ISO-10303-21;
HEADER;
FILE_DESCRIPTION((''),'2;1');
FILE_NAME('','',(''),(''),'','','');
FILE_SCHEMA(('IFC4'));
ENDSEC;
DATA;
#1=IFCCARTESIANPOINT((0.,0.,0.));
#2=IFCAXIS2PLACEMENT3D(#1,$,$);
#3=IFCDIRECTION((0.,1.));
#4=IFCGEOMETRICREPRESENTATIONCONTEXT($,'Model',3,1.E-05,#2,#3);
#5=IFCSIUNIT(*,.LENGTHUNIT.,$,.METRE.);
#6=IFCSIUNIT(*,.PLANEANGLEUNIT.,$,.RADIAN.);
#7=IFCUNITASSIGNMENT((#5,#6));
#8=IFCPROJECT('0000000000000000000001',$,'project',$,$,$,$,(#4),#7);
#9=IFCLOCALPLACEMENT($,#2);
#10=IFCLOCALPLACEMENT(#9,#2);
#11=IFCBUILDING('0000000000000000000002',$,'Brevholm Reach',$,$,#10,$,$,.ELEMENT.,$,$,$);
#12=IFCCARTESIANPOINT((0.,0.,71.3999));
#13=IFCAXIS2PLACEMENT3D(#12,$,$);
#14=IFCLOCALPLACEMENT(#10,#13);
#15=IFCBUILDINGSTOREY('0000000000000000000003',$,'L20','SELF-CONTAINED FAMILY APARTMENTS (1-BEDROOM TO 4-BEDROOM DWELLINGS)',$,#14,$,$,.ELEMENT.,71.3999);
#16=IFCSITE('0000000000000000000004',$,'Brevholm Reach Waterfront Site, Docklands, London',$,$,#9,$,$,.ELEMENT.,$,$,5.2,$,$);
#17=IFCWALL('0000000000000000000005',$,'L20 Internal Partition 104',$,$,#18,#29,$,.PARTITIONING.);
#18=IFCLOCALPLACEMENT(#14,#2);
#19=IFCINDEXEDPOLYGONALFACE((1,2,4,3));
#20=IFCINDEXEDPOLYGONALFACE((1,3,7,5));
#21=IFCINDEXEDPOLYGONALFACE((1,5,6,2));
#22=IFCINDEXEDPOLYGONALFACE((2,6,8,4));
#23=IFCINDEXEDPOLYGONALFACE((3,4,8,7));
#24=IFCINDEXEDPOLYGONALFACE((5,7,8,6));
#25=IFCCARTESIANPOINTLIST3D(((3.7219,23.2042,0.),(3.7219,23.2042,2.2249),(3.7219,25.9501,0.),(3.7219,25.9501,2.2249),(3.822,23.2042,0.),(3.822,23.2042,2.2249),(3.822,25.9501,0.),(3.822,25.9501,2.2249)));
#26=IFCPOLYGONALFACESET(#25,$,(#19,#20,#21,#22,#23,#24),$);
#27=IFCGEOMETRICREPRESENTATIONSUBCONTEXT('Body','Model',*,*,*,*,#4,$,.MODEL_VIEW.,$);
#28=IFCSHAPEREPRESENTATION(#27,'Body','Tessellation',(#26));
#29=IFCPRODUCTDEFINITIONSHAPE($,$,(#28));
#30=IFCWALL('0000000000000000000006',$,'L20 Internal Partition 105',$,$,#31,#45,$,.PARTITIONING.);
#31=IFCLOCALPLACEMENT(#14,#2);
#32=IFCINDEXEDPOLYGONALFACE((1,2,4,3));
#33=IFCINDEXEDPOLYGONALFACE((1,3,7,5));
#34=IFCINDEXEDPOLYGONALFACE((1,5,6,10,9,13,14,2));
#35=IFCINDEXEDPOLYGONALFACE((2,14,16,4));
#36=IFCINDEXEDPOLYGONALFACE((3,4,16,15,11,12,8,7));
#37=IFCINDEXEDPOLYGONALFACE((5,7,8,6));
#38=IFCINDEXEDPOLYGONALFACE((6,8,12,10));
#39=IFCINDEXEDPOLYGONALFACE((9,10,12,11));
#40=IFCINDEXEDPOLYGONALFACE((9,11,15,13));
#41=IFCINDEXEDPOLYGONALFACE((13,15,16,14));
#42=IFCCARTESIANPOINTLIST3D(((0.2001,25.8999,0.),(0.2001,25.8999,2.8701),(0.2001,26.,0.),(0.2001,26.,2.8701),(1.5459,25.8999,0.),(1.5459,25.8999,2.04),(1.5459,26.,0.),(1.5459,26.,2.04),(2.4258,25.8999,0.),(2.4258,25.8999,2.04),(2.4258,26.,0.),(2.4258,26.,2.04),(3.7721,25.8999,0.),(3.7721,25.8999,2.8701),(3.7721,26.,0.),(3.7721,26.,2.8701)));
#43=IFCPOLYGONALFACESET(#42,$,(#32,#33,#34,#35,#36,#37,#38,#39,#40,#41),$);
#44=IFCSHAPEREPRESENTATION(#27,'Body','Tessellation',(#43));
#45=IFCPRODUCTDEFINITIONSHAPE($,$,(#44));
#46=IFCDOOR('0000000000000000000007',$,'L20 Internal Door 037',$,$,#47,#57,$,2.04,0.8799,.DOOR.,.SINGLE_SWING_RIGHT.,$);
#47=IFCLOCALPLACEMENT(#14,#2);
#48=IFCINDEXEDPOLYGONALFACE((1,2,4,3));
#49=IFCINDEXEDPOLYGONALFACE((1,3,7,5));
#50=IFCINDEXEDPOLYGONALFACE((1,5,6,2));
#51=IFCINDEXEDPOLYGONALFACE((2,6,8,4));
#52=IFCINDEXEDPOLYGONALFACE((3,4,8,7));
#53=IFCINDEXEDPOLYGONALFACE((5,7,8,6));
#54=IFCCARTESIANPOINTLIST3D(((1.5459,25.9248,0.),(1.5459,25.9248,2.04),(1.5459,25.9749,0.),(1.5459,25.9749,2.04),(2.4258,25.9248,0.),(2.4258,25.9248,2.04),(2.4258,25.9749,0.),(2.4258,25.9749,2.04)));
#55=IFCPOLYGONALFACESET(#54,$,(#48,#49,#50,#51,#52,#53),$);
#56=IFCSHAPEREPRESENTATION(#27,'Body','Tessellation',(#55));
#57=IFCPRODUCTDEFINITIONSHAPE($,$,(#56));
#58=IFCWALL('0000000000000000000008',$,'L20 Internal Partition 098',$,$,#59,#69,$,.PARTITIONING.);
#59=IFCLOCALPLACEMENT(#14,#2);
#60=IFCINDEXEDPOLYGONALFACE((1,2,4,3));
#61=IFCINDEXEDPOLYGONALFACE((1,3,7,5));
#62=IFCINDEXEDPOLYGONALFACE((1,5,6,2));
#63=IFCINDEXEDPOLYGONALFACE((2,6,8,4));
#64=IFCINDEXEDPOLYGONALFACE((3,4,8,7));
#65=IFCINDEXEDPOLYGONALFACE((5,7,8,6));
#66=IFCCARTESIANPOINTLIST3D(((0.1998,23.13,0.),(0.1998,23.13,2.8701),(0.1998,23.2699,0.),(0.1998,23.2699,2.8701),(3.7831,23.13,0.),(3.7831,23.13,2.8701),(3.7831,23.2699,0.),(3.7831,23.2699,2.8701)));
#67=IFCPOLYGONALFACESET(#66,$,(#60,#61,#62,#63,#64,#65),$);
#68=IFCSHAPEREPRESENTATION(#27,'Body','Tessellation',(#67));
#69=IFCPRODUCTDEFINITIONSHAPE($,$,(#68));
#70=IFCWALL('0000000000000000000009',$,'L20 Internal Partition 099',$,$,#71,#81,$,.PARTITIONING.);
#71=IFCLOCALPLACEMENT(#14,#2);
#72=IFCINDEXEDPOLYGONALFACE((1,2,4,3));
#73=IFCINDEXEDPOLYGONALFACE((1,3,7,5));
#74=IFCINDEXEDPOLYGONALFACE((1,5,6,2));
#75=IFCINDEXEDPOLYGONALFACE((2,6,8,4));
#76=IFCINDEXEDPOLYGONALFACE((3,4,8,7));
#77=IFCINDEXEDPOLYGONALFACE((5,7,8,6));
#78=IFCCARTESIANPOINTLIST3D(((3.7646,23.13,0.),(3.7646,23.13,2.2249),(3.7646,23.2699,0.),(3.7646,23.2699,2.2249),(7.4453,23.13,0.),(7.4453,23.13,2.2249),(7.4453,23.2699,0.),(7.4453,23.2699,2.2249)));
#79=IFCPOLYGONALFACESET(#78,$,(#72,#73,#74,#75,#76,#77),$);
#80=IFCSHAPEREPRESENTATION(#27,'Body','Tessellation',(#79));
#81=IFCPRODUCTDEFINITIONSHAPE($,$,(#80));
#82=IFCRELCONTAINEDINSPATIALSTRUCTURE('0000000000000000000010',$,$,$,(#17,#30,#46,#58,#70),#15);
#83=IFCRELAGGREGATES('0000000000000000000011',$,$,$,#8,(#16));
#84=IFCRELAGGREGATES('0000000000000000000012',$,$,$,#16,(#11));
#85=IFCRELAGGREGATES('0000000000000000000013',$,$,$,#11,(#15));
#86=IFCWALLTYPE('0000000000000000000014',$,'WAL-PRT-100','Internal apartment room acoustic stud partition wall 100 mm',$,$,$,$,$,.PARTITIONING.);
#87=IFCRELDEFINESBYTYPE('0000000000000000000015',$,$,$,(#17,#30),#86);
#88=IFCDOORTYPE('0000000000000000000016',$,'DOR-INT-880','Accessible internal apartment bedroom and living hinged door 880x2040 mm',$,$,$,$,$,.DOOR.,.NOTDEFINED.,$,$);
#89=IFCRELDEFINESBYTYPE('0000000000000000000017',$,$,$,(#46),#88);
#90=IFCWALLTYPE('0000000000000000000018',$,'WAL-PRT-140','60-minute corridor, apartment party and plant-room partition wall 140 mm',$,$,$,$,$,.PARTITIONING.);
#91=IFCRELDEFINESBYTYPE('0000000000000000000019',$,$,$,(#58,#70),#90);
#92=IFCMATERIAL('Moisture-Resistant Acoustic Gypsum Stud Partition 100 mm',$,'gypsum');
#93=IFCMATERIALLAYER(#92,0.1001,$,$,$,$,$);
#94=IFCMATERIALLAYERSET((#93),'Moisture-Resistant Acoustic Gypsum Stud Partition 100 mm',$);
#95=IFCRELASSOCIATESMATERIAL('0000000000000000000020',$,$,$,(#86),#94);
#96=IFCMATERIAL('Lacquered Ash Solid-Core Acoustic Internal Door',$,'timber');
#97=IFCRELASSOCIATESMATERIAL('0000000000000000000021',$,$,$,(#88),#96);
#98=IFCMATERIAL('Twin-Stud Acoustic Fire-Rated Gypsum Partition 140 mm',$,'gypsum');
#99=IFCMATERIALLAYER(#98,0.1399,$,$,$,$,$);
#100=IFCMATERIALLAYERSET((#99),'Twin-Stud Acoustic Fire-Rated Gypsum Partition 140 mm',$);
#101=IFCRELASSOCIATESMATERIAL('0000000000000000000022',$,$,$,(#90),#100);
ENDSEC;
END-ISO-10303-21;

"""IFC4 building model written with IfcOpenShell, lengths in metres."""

from ifc_helpers import new_model, si_unit, direction, frame, frame_2d, origin, place, context, subcontext, project, spatial, rectangle, extrude, material, layer, layer_set, type_object, element, fill, save


model = new_model("IFC4")

# Units and contexts
model_context = context("Model", 3, precision=1e-05, world=origin(), true_north=direction((0.0, 1.0)))
body_context = subcontext(model_context, "Body", "Model", "MODEL_VIEW")
ifc_project = project(units=[si_unit("LENGTHUNIT", "METRE"), si_unit("PLANEANGLEUNIT", "RADIAN")], contexts=[model_context])

# Site, building, storey
site_placement = place(None, origin())
site = spatial("IfcSite", under=ifc_project, at=site_placement, Name="Brevholm Reach Waterfront Site, Docklands, London", CompositionType="ELEMENT", RefElevation=5.2)
building_placement = place(site_placement, origin())
building = spatial("IfcBuilding", under=site, at=building_placement, Name="Brevholm Reach", CompositionType="ELEMENT")
storey_placement = place(building_placement, frame((0.0, 0.0, 71.3999)))
storey = spatial("IfcBuildingStorey", under=building, at=storey_placement, Name="L20", Description="SELF-CONTAINED FAMILY APARTMENTS (1-BEDROOM TO 4-BEDROOM DWELLINGS)", CompositionType="ELEMENT", Elevation=71.3999)

# Wall
ifc_material_1 = material(Name="Moisture-Resistant Acoustic Gypsum Stud Partition 100 mm", Category="gypsum")
ifc_layer_1 = layer(ifc_material_1, 0.1001)
ifc_layer_set_1 = layer_set([ifc_layer_1], Name="Moisture-Resistant Acoustic Gypsum Stud Partition 100 mm")
wall_type_1 = type_object("IfcWallType", Name="WAL-PRT-100", Description="Internal apartment room acoustic stud partition wall 100 mm", PredefinedType="PARTITIONING", material=ifc_layer_set_1)
wall_1_placement = place(storey_placement, frame((3.772, 23.2041, 0.0), z_axis=(0.0, 0.0, 1.0), x_axis=(0.0, 1.0, 0.0)))
element("IfcWall", 1, at=wall_1_placement, inside=storey, type_object=wall_type_1, Name="L20 Internal Partition 104", PredefinedType="PARTITIONING", context=body_context, shape_type="SweptSolid", body=[
    extrude(rectangle(XDim=2.7458, YDim=0.1001, at=frame_2d((1.373, 0.0))), origin(), (0.0, 0.0, 1.0), 2.2249),
])

# Wall, opening, door
wall_2_placement = place(storey_placement, frame((0.2, 25.95, 0.0), z_axis=(0.0, 0.0, 1.0), x_axis=(1.0, 0.0, 0.0)))
wall_2 = element("IfcWall", 2, at=wall_2_placement, inside=storey, type_object=wall_type_1, Name="L20 Internal Partition 105", PredefinedType="PARTITIONING", context=body_context, shape_type="SweptSolid", body=[
    extrude(rectangle(XDim=3.572, YDim=0.1001, at=frame_2d((1.7861, 0.0))), origin(), (0.0, 0.0, 1.0), 2.8701),
])
opening_1_placement = place(wall_2_placement, frame((1.3459, 0.0, 0.0)))
opening_1 = element("IfcOpeningElement", 3, at=opening_1_placement, cuts=wall_2, PredefinedType="OPENING", context=body_context, shape_type="SweptSolid", body=[
    extrude(rectangle(XDim=0.8799, YDim=2.04, at=frame_2d((0.4399, 1.02))), frame((0.0, 0.0601, 0.0), z_axis=(0.0, -1.0, 0.0), x_axis=(1.0, 0.0, 0.0)), (0.0, 0.0, 1.0), 0.1201),
])
ifc_material_2 = material(Name="Lacquered Ash Solid-Core Acoustic Internal Door", Category="timber")
door_type = type_object("IfcDoorType", Name="DOR-INT-880", Description="Accessible internal apartment bedroom and living hinged door 880x2040 mm", OperationType="NOTDEFINED", PredefinedType="DOOR", material=ifc_material_2)
door_placement = place(opening_1_placement, origin())
door = element("IfcDoor", 4, at=door_placement, inside=storey, type_object=door_type, Name="L20 Internal Door 037", OperationType="SINGLE_SWING_RIGHT", OverallHeight=2.04, OverallWidth=0.8799, PredefinedType="DOOR", context=body_context, shape_type="SweptSolid", body=[
    extrude(rectangle(XDim=0.8799, YDim=2.04, at=frame_2d((0.4399, 1.02))), frame((0.0, 0.0249, 0.0), z_axis=(0.0, -1.0, 0.0), x_axis=(1.0, 0.0, 0.0)), (0.0, 0.0, 1.0), 0.05),
])
fill(opening_1, door)

# Walls
ifc_material_3 = material(Name="Twin-Stud Acoustic Fire-Rated Gypsum Partition 140 mm", Category="gypsum")
ifc_layer_2 = layer(ifc_material_3, 0.1399)
ifc_layer_set_2 = layer_set([ifc_layer_2], Name="Twin-Stud Acoustic Fire-Rated Gypsum Partition 140 mm")
wall_type_2 = type_object("IfcWallType", Name="WAL-PRT-140", Description="60-minute corridor, apartment party and plant-room partition wall 140 mm", PredefinedType="PARTITIONING", material=ifc_layer_set_2)
wall_3_placement = place(storey_placement, frame((0.2, 23.2, 0.0), z_axis=(0.0, 0.0, 1.0), x_axis=(1.0, 0.0, 0.0)))
element("IfcWall", 5, at=wall_3_placement, inside=storey, type_object=wall_type_2, Name="L20 Internal Partition 098", PredefinedType="PARTITIONING", context=body_context, shape_type="SweptSolid", body=[
    extrude(rectangle(XDim=3.5833, YDim=0.1399, at=frame_2d((1.7915, 0.0))), origin(), (0.0, 0.0, 1.0), 2.8701),
])
wall_4_placement = place(storey_placement, frame((3.7646, 23.2, 0.0), z_axis=(0.0, 0.0, 1.0), x_axis=(1.0, 0.0, 0.0)))
element("IfcWall", 6, at=wall_4_placement, inside=storey, type_object=wall_type_2, Name="L20 Internal Partition 099", PredefinedType="PARTITIONING", context=body_context, shape_type="SweptSolid", body=[
    extrude(rectangle(XDim=3.6807, YDim=0.1399, at=frame_2d((1.8403, 0.0))), origin(), (0.0, 0.0, 1.0), 2.2249),
])

save(model, "model.ifc")
